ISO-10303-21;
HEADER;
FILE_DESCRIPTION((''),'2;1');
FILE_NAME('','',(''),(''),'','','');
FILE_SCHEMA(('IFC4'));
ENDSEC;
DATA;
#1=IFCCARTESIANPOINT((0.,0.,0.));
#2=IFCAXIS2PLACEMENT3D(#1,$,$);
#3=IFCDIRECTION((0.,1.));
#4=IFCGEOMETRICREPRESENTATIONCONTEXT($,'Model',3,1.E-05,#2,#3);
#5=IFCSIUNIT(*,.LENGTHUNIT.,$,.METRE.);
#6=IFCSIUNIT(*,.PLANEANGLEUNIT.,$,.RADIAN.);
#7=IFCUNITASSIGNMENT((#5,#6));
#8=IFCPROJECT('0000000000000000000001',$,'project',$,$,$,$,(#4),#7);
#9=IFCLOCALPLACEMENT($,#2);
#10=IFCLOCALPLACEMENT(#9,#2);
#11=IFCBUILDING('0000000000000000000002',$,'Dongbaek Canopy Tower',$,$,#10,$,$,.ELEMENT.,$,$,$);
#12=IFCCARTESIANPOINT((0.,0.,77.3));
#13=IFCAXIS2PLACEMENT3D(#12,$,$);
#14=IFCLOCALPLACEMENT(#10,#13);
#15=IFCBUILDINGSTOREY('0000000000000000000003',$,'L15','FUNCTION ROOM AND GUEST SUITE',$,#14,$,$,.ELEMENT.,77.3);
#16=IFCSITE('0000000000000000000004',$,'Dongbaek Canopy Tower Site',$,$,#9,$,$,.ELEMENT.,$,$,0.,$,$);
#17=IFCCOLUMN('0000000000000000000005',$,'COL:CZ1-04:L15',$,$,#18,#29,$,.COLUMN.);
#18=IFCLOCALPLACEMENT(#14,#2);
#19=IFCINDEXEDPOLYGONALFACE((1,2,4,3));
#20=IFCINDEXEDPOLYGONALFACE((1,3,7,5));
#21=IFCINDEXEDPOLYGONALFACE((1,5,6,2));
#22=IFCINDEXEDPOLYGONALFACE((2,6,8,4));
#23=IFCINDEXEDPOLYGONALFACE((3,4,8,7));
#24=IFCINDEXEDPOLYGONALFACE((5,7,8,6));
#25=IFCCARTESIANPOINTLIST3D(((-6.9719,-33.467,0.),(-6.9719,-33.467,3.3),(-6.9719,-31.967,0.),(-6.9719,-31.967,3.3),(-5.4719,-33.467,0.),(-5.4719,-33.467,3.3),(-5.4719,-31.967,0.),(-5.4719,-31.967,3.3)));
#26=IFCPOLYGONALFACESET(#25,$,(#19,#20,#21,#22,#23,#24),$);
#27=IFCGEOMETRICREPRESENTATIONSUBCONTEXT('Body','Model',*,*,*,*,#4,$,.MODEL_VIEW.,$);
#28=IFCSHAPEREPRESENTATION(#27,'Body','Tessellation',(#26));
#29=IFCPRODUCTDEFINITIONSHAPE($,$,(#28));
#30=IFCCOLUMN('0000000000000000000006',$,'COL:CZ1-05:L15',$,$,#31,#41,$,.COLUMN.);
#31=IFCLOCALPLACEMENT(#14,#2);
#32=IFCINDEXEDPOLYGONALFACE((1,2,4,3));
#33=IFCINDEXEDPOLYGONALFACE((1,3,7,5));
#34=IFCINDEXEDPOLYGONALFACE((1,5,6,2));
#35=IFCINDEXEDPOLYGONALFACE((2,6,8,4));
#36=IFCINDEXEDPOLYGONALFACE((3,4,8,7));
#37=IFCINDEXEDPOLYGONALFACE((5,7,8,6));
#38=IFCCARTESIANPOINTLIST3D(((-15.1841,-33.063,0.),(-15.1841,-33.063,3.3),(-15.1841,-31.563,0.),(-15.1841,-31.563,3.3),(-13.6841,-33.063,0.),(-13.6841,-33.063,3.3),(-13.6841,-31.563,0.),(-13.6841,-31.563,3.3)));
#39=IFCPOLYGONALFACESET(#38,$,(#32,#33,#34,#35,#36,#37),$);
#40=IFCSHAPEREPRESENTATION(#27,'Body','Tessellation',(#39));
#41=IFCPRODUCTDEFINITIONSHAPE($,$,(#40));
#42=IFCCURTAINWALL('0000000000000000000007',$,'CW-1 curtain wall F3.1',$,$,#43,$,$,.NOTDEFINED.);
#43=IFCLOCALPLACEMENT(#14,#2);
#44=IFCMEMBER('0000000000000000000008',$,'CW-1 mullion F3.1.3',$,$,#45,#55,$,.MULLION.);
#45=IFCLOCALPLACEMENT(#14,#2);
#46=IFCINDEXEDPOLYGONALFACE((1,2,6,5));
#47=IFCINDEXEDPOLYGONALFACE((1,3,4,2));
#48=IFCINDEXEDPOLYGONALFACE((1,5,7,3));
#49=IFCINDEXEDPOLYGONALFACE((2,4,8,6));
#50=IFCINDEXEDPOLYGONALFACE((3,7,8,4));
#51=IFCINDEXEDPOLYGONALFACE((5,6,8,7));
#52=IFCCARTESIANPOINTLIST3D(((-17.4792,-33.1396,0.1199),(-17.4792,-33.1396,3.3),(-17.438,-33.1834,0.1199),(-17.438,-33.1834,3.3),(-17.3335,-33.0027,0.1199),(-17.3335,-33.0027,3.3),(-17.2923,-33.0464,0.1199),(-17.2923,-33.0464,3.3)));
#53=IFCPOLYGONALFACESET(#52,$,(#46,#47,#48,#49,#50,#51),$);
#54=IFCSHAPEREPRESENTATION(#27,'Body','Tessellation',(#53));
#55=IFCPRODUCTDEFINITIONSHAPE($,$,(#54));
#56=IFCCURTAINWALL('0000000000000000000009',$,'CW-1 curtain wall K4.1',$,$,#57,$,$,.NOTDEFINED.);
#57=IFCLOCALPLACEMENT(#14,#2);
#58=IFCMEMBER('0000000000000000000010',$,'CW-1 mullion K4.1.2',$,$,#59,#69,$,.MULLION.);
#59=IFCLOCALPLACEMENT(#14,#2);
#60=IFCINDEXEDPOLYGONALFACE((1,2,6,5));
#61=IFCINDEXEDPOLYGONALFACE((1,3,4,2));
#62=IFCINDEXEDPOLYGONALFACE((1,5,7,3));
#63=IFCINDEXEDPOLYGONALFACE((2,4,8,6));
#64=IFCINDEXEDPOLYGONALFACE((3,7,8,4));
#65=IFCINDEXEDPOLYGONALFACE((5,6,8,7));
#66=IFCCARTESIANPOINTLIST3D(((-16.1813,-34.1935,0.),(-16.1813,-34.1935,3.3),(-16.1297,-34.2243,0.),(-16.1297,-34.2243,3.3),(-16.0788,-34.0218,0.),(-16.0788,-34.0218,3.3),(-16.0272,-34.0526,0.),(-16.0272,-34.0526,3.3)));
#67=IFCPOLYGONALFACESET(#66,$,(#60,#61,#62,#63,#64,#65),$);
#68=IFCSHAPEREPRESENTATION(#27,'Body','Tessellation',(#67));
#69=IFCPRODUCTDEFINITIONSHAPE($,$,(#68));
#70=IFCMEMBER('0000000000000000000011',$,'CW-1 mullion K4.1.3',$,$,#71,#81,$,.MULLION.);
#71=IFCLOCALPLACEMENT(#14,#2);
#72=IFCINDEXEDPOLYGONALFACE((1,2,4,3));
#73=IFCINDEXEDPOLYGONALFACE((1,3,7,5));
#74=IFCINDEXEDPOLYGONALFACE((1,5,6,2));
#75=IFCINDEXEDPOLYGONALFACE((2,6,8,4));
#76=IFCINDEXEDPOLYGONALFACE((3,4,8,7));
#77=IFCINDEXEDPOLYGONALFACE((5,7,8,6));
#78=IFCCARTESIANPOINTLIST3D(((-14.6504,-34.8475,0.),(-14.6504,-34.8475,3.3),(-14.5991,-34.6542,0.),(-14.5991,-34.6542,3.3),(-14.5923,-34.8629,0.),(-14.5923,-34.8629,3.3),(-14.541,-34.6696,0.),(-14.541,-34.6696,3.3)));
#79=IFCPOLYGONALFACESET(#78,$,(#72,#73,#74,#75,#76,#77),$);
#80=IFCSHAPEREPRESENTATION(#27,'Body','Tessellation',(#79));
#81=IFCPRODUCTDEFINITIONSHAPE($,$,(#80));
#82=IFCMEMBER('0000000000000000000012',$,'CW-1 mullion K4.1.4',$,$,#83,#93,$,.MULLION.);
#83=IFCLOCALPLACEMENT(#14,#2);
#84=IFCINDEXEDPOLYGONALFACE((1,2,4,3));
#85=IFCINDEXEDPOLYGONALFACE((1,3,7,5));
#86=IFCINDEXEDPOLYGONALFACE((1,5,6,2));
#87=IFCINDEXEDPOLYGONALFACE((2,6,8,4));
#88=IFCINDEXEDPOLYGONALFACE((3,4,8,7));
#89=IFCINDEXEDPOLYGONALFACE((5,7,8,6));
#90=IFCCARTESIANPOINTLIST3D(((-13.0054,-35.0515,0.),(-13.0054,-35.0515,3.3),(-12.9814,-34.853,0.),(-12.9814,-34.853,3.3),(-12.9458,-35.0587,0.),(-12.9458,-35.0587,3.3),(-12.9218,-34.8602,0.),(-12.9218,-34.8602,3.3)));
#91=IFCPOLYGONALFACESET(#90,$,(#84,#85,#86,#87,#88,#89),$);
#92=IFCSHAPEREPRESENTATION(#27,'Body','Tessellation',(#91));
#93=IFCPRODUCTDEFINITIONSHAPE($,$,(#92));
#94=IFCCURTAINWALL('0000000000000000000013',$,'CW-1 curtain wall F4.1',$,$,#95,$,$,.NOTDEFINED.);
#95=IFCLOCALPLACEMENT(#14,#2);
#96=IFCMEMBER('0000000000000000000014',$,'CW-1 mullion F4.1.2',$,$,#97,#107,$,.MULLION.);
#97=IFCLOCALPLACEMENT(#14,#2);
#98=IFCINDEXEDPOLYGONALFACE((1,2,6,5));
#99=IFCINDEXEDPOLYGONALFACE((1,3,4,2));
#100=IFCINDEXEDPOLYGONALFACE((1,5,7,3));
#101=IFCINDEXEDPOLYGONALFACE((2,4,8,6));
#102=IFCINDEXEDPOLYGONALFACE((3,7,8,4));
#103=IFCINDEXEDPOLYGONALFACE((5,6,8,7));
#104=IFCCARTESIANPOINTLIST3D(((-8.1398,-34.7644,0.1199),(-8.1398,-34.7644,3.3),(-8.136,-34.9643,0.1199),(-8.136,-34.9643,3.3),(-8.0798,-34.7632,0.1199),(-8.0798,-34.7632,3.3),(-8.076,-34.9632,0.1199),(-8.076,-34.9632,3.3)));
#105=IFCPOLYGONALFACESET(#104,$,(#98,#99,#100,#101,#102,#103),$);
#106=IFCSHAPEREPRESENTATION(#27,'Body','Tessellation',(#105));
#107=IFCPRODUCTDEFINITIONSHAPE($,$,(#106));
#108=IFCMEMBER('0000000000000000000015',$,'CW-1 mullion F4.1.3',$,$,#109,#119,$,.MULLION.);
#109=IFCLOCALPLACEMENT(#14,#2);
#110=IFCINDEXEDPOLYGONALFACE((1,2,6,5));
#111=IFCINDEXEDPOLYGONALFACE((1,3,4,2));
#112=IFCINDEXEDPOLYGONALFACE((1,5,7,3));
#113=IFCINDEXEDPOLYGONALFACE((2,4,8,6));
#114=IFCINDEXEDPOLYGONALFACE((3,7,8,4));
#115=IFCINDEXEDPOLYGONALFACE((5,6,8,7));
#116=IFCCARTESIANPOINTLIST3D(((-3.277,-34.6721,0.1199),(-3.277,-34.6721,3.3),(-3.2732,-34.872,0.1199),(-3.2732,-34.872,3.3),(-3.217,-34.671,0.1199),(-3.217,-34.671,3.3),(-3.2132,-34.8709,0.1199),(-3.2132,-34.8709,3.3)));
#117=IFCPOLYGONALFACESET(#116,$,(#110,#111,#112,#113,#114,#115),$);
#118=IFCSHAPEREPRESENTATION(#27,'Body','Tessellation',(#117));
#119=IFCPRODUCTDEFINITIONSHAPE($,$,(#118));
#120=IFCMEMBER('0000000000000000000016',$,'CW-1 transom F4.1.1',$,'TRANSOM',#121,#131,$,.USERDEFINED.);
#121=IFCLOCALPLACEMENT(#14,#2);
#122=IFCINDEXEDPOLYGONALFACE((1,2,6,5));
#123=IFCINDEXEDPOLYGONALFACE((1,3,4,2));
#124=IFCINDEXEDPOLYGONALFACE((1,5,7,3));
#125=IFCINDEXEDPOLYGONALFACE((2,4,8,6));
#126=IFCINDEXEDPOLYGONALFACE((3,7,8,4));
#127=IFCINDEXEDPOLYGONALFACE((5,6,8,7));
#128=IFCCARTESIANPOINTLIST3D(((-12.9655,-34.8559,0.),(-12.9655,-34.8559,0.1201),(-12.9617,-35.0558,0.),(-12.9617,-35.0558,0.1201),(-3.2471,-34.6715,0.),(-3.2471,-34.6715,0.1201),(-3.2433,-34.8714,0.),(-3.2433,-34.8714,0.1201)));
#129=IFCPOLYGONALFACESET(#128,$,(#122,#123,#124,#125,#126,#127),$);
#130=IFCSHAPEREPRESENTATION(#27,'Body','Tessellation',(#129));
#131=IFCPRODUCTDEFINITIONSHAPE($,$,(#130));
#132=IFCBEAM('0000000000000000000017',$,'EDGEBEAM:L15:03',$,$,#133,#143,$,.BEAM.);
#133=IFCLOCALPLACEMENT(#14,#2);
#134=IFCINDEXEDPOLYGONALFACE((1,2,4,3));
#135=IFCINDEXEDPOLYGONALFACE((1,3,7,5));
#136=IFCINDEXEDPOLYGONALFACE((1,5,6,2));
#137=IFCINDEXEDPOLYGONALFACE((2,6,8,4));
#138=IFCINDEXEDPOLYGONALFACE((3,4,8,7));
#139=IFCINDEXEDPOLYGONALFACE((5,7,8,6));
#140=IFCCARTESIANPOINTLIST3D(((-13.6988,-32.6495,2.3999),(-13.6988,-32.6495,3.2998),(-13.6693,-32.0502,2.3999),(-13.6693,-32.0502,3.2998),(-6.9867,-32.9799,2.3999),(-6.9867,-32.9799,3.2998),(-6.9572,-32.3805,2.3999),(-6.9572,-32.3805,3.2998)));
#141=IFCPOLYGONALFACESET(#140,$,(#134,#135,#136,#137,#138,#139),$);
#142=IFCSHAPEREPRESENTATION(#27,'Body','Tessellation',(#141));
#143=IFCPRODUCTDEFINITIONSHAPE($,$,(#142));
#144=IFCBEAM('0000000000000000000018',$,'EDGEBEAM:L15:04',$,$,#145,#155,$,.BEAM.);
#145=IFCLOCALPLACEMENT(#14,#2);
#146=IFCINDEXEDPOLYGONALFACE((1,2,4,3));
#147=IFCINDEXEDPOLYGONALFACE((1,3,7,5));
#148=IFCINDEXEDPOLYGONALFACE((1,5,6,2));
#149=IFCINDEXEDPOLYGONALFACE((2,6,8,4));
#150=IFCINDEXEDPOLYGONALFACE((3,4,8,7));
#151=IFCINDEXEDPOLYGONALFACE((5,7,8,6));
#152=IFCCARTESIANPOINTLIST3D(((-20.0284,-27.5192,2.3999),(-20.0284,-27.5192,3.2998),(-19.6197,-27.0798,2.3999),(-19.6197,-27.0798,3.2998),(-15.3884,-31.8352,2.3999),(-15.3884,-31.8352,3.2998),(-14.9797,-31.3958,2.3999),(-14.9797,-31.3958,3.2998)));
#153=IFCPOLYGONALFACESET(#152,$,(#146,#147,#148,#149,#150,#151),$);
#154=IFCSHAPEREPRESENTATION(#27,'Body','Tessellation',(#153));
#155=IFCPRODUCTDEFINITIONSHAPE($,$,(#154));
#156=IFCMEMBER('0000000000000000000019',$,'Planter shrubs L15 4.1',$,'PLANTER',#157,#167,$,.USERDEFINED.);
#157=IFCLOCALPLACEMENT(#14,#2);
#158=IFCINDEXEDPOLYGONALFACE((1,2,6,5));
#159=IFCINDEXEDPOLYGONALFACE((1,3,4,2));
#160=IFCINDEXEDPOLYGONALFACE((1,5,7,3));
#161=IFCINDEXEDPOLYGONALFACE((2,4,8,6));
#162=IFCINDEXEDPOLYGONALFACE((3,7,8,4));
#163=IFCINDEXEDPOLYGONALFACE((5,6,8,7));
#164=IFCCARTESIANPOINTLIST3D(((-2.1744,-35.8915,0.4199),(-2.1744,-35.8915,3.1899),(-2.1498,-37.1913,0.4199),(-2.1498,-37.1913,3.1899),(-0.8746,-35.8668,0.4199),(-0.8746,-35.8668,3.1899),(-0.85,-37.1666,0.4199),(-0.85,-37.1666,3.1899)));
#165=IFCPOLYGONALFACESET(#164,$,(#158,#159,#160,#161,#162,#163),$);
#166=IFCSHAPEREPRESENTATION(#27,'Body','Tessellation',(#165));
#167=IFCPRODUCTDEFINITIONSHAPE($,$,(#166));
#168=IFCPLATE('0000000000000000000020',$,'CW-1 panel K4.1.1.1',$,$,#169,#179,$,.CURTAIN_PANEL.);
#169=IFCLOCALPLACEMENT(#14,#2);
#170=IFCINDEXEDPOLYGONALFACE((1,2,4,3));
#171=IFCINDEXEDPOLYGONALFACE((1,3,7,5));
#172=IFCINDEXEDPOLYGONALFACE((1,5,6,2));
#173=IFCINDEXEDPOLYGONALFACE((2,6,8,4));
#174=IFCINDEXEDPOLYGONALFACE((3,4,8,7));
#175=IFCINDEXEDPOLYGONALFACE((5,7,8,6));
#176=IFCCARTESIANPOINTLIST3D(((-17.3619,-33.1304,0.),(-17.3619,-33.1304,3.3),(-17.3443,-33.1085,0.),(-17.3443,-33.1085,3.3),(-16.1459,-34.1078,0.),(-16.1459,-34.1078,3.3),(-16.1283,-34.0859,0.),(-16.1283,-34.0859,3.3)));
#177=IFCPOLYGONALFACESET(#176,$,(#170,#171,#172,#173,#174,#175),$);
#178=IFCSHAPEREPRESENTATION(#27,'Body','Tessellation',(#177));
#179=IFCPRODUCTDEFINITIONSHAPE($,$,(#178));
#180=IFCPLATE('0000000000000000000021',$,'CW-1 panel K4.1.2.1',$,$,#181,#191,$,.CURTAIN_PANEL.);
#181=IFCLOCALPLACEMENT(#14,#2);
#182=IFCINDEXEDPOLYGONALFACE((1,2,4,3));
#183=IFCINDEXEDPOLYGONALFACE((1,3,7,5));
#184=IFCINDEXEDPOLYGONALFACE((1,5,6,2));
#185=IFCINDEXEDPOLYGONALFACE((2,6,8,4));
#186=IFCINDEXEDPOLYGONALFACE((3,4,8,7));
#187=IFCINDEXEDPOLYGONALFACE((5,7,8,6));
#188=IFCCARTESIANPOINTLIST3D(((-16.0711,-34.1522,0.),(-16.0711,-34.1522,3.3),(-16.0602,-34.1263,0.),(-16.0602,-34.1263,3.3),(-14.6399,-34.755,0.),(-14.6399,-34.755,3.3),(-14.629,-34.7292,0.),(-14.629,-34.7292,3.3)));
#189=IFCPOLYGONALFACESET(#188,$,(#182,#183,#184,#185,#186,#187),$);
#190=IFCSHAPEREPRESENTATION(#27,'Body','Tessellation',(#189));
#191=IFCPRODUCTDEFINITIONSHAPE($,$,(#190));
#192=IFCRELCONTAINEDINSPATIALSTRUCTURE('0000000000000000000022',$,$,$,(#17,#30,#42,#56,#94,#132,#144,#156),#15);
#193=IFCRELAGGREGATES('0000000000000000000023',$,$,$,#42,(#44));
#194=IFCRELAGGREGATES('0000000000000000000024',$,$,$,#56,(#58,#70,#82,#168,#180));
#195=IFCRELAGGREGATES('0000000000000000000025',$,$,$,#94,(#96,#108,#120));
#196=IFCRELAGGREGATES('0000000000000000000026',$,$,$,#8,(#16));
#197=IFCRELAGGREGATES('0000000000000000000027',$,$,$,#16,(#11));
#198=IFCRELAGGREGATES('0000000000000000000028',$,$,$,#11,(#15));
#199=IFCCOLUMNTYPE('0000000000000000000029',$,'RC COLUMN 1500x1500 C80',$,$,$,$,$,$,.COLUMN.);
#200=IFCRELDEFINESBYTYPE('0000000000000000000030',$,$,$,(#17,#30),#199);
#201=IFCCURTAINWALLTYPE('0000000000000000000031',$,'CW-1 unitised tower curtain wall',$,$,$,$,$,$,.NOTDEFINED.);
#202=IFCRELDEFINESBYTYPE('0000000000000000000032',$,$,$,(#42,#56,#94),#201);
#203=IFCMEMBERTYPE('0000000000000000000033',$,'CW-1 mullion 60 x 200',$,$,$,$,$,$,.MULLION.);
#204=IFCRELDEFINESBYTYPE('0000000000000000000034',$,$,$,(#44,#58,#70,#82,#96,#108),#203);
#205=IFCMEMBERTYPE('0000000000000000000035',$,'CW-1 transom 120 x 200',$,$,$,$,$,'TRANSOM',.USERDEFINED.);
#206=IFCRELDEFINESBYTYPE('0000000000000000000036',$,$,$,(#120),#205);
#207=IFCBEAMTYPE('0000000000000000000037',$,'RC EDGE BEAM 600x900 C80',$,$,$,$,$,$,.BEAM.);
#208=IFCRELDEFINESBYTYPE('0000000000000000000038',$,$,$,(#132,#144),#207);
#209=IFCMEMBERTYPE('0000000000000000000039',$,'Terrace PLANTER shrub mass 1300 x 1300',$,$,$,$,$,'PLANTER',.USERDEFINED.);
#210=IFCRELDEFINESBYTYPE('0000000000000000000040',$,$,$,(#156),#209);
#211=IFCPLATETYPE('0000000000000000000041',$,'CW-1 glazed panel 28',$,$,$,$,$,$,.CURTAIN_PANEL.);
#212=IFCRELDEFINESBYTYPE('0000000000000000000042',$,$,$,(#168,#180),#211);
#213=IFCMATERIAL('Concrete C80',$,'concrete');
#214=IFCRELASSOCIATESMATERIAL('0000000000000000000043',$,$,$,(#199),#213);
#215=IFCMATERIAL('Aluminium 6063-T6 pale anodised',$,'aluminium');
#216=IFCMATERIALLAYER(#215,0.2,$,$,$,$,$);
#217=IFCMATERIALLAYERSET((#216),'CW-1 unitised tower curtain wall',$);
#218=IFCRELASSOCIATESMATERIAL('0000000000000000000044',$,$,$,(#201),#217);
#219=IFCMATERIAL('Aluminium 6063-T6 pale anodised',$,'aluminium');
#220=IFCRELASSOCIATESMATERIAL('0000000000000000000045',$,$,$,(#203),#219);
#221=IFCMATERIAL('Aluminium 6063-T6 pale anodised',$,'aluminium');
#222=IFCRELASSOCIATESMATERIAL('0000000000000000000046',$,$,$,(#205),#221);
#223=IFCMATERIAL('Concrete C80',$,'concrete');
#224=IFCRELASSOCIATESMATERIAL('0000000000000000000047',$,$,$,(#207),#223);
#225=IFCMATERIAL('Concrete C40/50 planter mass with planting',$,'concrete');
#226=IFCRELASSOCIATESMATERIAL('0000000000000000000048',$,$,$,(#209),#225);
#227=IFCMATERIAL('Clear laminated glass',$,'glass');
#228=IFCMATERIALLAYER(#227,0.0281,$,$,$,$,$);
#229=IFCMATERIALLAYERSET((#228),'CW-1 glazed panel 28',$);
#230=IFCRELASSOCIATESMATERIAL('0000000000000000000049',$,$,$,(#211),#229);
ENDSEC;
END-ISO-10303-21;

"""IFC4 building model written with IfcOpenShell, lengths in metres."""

from ifc_helpers import new_model, si_unit, direction, frame, origin, origin_2d, place, context, subcontext, project, spatial, rectangle, extrude, material, layer, layer_set, material_profile, profile_set, type_object, element, aggregate, save


model = new_model("IFC4")

# Units and contexts
model_context = context("Model", 3, precision=1e-05, world=origin(), true_north=direction((0.0, 1.0)))
body_context = subcontext(model_context, "Body", "Model", "MODEL_VIEW")
ifc_project = project(units=[si_unit("LENGTHUNIT", "METRE"), si_unit("PLANEANGLEUNIT", "RADIAN")], contexts=[model_context])

# Site, building, storey
site_placement = place(None, origin())
site = spatial("IfcSite", under=ifc_project, at=site_placement, Name="Dongbaek Canopy Tower Site", CompositionType="ELEMENT", RefElevation=0.0)
building_placement = place(site_placement, origin())
building = spatial("IfcBuilding", under=site, at=building_placement, Name="Dongbaek Canopy Tower", CompositionType="ELEMENT")
storey_placement = place(building_placement, frame((0.0, 0.0, 77.3)))
storey = spatial("IfcBuildingStorey", under=building, at=storey_placement, Name="L15", Description="FUNCTION ROOM AND GUEST SUITE", CompositionType="ELEMENT", Elevation=77.3)

# Columns
ifc_material_1 = material(Name="Concrete C80", Category="concrete")
ifc_material_profile_1 = material_profile(ifc_material_1, rectangle(XDim=1.5, YDim=1.5, at=origin_2d()), Name="RC COLUMN 1500x1500 C80")
ifc_profile_set_1 = profile_set([ifc_material_profile_1], Name="Concrete C80")
column_type = type_object("IfcColumnType", Name="RC COLUMN 1500x1500 C80", PredefinedType="COLUMN", material=ifc_profile_set_1)
for number, where, z_axis, x_axis, name in (
    (1, (-6.2219, -32.717, 0.0), (0.0, 0.0, 1.0), (1.0, 0.0, 0.0), "COL:CZ1-04:L15"),
    (2, (-14.4341, -32.313, 0.0), (0.0, 0.0, 1.0), (1.0, 0.0, 0.0), "COL:CZ1-05:L15"),
):
    element("IfcColumn", number, at=place(storey_placement, frame(where, z_axis=z_axis, x_axis=x_axis)), inside=storey, type_object=column_type, Name=name, PredefinedType="COLUMN", context=body_context, shape_type="SweptSolid", body=[
        extrude(rectangle(XDim=1.5, YDim=1.5, at=origin_2d()), origin(), (0.0, 0.0, 1.0), 3.3),
    ])

# Curtain wall, member
ifc_material_2 = material(Name="Aluminium 6063-T6 pale anodised", Category="aluminium")
ifc_layer_1 = layer(ifc_material_2, 0.2)
ifc_layer_set_1 = layer_set([ifc_layer_1], Name="CW-1 unitised tower curtain wall")
curtain_wall_type = type_object("IfcCurtainWallType", Name="CW-1 unitised tower curtain wall", PredefinedType="NOTDEFINED", material=ifc_layer_set_1)
curtain_wall_1_placement = place(storey_placement, origin())
curtain_wall_1 = element("IfcCurtainWall", 3, at=curtain_wall_1_placement, inside=storey, type_object=curtain_wall_type, Name="CW-1 curtain wall F3.1", PredefinedType="NOTDEFINED")
ifc_material_3 = material(Name="Aluminium 6063-T6 pale anodised", Category="aluminium")
ifc_material_profile_2 = material_profile(ifc_material_3, rectangle(XDim=0.2, YDim=0.0601, at=origin_2d()), Name="CW-1 mullion 60 x 200")
ifc_profile_set_2 = profile_set([ifc_material_profile_2], Name="Aluminium 6063-T6 pale anodised")
member_type_1 = type_object("IfcMemberType", Name="CW-1 mullion 60 x 200", PredefinedType="MULLION", material=ifc_profile_set_2)
member_1_placement = place(storey_placement, frame((-17.3857, -33.093, 0.1199), z_axis=(0.0, 0.0, 1.0), x_axis=(-0.728585, -0.684956, 0.0)))
member_1 = element("IfcMember", 4, at=member_1_placement, type_object=member_type_1, Name="CW-1 mullion F3.1.3", PredefinedType="MULLION", context=body_context, shape_type="SweptSolid", body=[
    extrude(rectangle(XDim=0.2, YDim=0.0601, at=origin_2d()), origin(), (0.0, 0.0, 1.0), 3.1802),
])
aggregate(curtain_wall_1, [member_1])

# Curtain walls, members
curtain_wall_2_placement = place(storey_placement, origin())
curtain_wall_2 = element("IfcCurtainWall", 5, at=curtain_wall_2_placement, inside=storey, type_object=curtain_wall_type, Name="CW-1 curtain wall K4.1", PredefinedType="NOTDEFINED")
member_2_placement = place(storey_placement, frame((-16.1042, -34.123, 0.0), z_axis=(0.0, 0.0, 1.0), x_axis=(-0.512292, -0.858811, 0.0)))
member_2 = element("IfcMember", 6, at=member_2_placement, type_object=member_type_1, Name="CW-1 mullion K4.1.2", PredefinedType="MULLION", context=body_context, shape_type="SweptSolid", body=[
    extrude(rectangle(XDim=0.2, YDim=0.0601, at=origin_2d()), origin(), (0.0, 0.0, 1.0), 3.3),
])
member_3_placement = place(storey_placement, frame((-14.5957, -34.7585, 0.0), z_axis=(0.0, 0.0, 1.0), x_axis=(-0.256548, -0.966531, 0.0)))
member_3 = element("IfcMember", 7, at=member_3_placement, type_object=member_type_1, Name="CW-1 mullion K4.1.3", PredefinedType="MULLION", context=body_context, shape_type="SweptSolid", body=[
    extrude(rectangle(XDim=0.2, YDim=0.0601, at=origin_2d()), origin(), (0.0, 0.0, 1.0), 3.3),
])
member_4_placement = place(storey_placement, frame((-12.9636, -34.9558, 0.0), z_axis=(0.0, 0.0, 1.0), x_axis=(-0.119959, -0.992779, 0.0)))
member_4 = element("IfcMember", 8, at=member_4_placement, type_object=member_type_1, Name="CW-1 mullion K4.1.4", PredefinedType="MULLION", context=body_context, shape_type="SweptSolid", body=[
    extrude(rectangle(XDim=0.2, YDim=0.0601, at=origin_2d()), origin(), (0.0, 0.0, 1.0), 3.3),
])
curtain_wall_3_placement = place(storey_placement, origin())
curtain_wall_3 = element("IfcCurtainWall", 9, at=curtain_wall_3_placement, inside=storey, type_object=curtain_wall_type, Name="CW-1 curtain wall F4.1", PredefinedType="NOTDEFINED")
member_5_placement = place(storey_placement, frame((-8.1079, -34.8638, 0.1199), z_axis=(0.0, 0.0, 1.0), x_axis=(0.018952, -0.99982, 0.0)))
member_5 = element("IfcMember", 10, at=member_5_placement, type_object=member_type_1, Name="CW-1 mullion F4.1.2", PredefinedType="MULLION", context=body_context, shape_type="SweptSolid", body=[
    extrude(rectangle(XDim=0.2, YDim=0.0601, at=origin_2d()), origin(), (0.0, 0.0, 1.0), 3.1802),
])
member_6_placement = place(storey_placement, frame((-3.2451, -34.7715, 0.1199), z_axis=(0.0, 0.0, 1.0), x_axis=(0.018952, -0.99982, 0.0)))
member_6 = element("IfcMember", 11, at=member_6_placement, type_object=member_type_1, Name="CW-1 mullion F4.1.3", PredefinedType="MULLION", context=body_context, shape_type="SweptSolid", body=[
    extrude(rectangle(XDim=0.2, YDim=0.0601, at=origin_2d()), origin(), (0.0, 0.0, 1.0), 3.1802),
])
ifc_material_4 = material(Name="Aluminium 6063-T6 pale anodised", Category="aluminium")
ifc_material_profile_3 = material_profile(ifc_material_4, rectangle(XDim=0.2, YDim=0.1201, at=origin_2d()), Name="CW-1 transom 120 x 200")
ifc_profile_set_3 = profile_set([ifc_material_profile_3], Name="Aluminium 6063-T6 pale anodised")
member_type_2 = type_object("IfcMemberType", Name="CW-1 transom 120 x 200", ElementType="TRANSOM", PredefinedType="USERDEFINED", material=ifc_profile_set_3)
member_7_placement = place(storey_placement, frame((-12.9636, -34.9558, 0.0601), z_axis=(0.99982, 0.018963, 0.0), x_axis=(-0.018963, 0.99982, 0.0)))
member_7 = element("IfcMember", 12, at=member_7_placement, type_object=member_type_2, Name="CW-1 transom F4.1.1", ObjectType="TRANSOM", PredefinedType="USERDEFINED", context=body_context, shape_type="SweptSolid", body=[
    extrude(rectangle(XDim=0.2, YDim=0.1201, at=origin_2d()), origin(), (0.0, 0.0, 1.0), 9.7202),
])

# Beams
ifc_material_5 = material(Name="Concrete C80", Category="concrete")
ifc_material_profile_4 = material_profile(ifc_material_5, rectangle(XDim=0.6001, YDim=0.8999, at=origin_2d()), Name="RC EDGE BEAM 600x900 C80")
ifc_profile_set_4 = profile_set([ifc_material_profile_4], Name="Concrete C80")
beam_type = type_object("IfcBeamType", Name="RC EDGE BEAM 600x900 C80", PredefinedType="BEAM", material=ifc_profile_set_4)
beam_1_placement = place(storey_placement, frame((-6.9719, -32.6802, 2.8499), z_axis=(-0.998791, 0.049153, 0.0), x_axis=(-0.049153, -0.998791, 0.0)))
element("IfcBeam", 13, at=beam_1_placement, inside=storey, type_object=beam_type, Name="EDGEBEAM:L15:03", PredefinedType="BEAM", context=body_context, shape_type="SweptSolid", body=[
    extrude(rectangle(XDim=0.6001, YDim=0.8999, at=origin_2d()), origin(), (0.0, 0.0, 1.0), 6.7202),
])
beam_2_placement = place(storey_placement, frame((-15.1841, -31.6155, 2.8499), z_axis=(-0.732207, 0.681082, 0.0), x_axis=(-0.681082, -0.732207, 0.0)))
element("IfcBeam", 14, at=beam_2_placement, inside=storey, type_object=beam_type, Name="EDGEBEAM:L15:04", PredefinedType="BEAM", context=body_context, shape_type="SweptSolid", body=[
    extrude(rectangle(XDim=0.6001, YDim=0.8999, at=origin_2d()), origin(), (0.0, 0.0, 1.0), 6.3369),
])

# Member
ifc_material_6 = material(Name="Concrete C40/50 planter mass with planting", Category="concrete")
ifc_material_profile_5 = material_profile(ifc_material_6, rectangle(XDim=1.3, YDim=1.3, at=origin_2d()), Name="Terrace PLANTER shrub mass 1300 x 1300")
ifc_profile_set_5 = profile_set([ifc_material_profile_5], Name="Concrete C40/50 planter mass with planting")
member_type_3 = type_object("IfcMemberType", Name="Terrace PLANTER shrub mass 1300 x 1300", ElementType="PLANTER", PredefinedType="USERDEFINED", material=ifc_profile_set_5)
member_8_placement = place(storey_placement, frame((-1.5122, -36.5291, 0.4199), z_axis=(0.0, 0.0, 1.0), x_axis=(0.018952, -0.99982, 0.0)))
element("IfcMember", 15, at=member_8_placement, inside=storey, type_object=member_type_3, Name="Planter shrubs L15 4.1", ObjectType="PLANTER", PredefinedType="USERDEFINED", context=body_context, shape_type="SweptSolid", body=[
    extrude(rectangle(XDim=1.3, YDim=1.3, at=origin_2d()), origin(), (0.0, 0.0, 1.0), 2.77),
])

# Plates
ifc_material_7 = material(Name="Clear laminated glass", Category="glass")
ifc_layer_2 = layer(ifc_material_7, 0.0281)
ifc_layer_set_2 = layer_set([ifc_layer_2], Name="CW-1 glazed panel 28")
plate_type = type_object("IfcPlateType", Name="CW-1 glazed panel 28", PredefinedType="CURTAIN_PANEL", material=ifc_layer_set_2)
plate_1_placement = place(storey_placement, frame((-16.7451, -33.6082, 0.0), z_axis=(0.0, 0.0, 1.0), x_axis=(0.779423, -0.626498, 0.0)))
plate_1 = element("IfcPlate", 16, at=plate_1_placement, type_object=plate_type, Name="CW-1 panel K4.1.1.1", PredefinedType="CURTAIN_PANEL", context=body_context, shape_type="SweptSolid", body=[
    extrude(rectangle(XDim=1.5601, YDim=0.0281, at=origin_2d()), origin(), (0.0, 0.0, 1.0), 3.3),
])
plate_2_placement = place(storey_placement, frame((-15.3501, -34.4407, 0.0), z_axis=(0.0, 0.0, 1.0), x_axis=(0.921586, -0.388175, 0.0)))
plate_2 = element("IfcPlate", 17, at=plate_2_placement, type_object=plate_type, Name="CW-1 panel K4.1.2.1", PredefinedType="CURTAIN_PANEL", context=body_context, shape_type="SweptSolid", body=[
    extrude(rectangle(XDim=1.553, YDim=0.0281, at=origin_2d()), origin(), (0.0, 0.0, 1.0), 3.3),
])

aggregate(curtain_wall_2, [member_2, member_3, member_4, plate_1, plate_2])
aggregate(curtain_wall_3, [member_5, member_6, member_7])

save(model, "model.ifc")
